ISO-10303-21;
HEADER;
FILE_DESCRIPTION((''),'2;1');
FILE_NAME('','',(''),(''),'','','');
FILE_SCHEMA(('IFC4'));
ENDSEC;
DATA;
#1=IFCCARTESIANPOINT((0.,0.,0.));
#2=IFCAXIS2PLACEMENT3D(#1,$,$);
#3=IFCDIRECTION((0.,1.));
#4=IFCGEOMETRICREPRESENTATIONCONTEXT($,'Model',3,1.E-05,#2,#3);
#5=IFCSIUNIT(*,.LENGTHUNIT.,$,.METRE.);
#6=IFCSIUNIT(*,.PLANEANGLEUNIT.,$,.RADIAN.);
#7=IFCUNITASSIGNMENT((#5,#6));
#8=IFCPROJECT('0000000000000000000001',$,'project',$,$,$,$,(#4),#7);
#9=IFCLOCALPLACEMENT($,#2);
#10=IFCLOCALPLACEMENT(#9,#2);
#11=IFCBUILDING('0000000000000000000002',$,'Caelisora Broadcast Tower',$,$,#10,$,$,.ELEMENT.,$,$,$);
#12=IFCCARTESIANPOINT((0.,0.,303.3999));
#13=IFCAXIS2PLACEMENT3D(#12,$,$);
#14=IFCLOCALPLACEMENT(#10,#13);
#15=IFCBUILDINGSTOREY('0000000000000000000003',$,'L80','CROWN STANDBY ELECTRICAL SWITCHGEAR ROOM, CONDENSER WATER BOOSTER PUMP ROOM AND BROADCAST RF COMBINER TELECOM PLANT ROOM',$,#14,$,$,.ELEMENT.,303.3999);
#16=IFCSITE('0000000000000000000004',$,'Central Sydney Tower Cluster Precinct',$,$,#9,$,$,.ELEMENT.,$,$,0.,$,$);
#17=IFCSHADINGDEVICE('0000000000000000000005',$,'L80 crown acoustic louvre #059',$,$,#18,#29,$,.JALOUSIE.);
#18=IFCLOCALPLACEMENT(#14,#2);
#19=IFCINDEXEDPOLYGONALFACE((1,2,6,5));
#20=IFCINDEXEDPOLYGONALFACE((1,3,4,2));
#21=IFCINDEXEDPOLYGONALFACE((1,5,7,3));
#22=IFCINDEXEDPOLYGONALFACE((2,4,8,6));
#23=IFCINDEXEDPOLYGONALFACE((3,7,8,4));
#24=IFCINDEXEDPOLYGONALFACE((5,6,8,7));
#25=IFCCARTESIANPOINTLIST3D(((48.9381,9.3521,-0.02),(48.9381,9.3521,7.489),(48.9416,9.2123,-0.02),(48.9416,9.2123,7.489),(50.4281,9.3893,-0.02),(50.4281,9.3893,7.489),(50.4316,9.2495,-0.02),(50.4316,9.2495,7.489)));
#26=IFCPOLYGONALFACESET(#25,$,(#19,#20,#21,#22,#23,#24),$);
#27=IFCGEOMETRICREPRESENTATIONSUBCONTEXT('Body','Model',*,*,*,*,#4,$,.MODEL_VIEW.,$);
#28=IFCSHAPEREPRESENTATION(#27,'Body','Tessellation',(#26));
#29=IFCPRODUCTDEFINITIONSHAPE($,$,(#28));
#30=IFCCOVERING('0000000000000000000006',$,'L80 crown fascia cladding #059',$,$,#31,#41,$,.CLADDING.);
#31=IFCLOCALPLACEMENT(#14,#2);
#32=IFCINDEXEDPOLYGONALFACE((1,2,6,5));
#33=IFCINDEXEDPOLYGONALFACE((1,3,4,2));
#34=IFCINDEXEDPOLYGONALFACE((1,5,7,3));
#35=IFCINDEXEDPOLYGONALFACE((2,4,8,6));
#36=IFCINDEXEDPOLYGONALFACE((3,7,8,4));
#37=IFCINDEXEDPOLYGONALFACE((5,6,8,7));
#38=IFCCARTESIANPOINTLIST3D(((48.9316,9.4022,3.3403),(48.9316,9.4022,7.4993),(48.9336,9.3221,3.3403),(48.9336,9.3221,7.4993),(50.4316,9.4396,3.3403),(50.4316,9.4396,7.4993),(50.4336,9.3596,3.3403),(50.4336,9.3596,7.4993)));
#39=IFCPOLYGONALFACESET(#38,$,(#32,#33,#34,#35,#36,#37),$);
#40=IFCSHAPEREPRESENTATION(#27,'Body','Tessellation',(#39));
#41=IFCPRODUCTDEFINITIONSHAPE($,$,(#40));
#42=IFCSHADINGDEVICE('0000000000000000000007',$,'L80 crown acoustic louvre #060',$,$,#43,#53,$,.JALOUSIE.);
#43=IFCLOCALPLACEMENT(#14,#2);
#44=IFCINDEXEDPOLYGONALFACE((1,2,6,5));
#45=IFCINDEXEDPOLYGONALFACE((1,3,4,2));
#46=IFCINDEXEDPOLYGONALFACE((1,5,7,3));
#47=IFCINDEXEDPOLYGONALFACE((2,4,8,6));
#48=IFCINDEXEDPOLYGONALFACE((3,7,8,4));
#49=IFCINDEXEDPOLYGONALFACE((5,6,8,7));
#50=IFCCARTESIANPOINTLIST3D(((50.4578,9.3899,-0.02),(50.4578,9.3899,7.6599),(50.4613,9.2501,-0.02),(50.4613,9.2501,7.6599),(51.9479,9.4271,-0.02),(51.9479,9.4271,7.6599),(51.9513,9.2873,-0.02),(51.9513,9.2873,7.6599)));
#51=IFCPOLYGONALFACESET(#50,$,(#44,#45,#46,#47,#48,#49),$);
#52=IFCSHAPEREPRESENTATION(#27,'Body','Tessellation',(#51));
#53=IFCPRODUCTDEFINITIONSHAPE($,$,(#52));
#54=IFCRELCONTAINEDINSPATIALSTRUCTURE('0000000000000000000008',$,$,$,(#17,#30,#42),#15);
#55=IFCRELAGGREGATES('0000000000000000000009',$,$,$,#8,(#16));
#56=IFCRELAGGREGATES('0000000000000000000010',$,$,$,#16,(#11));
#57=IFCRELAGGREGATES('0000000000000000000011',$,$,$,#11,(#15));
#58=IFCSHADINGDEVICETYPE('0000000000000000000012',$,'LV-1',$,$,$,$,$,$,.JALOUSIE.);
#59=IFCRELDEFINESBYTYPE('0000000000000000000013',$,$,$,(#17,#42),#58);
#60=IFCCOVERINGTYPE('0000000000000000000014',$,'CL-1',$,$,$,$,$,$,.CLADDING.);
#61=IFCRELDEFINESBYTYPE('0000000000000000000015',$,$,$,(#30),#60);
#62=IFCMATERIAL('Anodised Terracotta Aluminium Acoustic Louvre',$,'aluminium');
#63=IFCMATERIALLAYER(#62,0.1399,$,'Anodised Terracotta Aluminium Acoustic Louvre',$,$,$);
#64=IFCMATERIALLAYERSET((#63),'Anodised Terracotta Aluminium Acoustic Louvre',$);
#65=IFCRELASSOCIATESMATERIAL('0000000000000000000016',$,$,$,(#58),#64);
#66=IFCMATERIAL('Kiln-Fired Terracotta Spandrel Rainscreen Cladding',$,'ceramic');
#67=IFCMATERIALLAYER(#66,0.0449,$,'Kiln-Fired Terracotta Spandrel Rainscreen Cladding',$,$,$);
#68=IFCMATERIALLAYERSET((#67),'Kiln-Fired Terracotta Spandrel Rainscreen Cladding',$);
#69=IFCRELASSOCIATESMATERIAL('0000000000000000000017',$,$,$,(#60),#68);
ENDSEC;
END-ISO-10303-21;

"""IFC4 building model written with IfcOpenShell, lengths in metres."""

from ifc_helpers import new_model, si_unit, direction, frame, origin, origin_2d, place, context, subcontext, project, spatial, rectangle, extrude, source, transform, mapped, material, layer, layer_set, type_object, element, save


model = new_model("IFC4")

# Units and contexts
model_context = context("Model", 3, precision=1e-05, world=origin(), true_north=direction((0.0, 1.0)))
body_context = subcontext(model_context, "Body", "Model", "MODEL_VIEW")
ifc_project = project(units=[si_unit("LENGTHUNIT", "METRE"), si_unit("PLANEANGLEUNIT", "RADIAN")], contexts=[model_context])

# Site, building, storey
site_placement = place(None, origin())
site = spatial("IfcSite", under=ifc_project, at=site_placement, Name="Central Sydney Tower Cluster Precinct", CompositionType="ELEMENT", RefElevation=0.0)
building_placement = place(site_placement, origin())
building = spatial("IfcBuilding", under=site, at=building_placement, Name="Caelisora Broadcast Tower", CompositionType="ELEMENT")
storey_placement = place(building_placement, frame((0.0, 0.0, 303.3999)))
storey = spatial("IfcBuildingStorey", under=building, at=storey_placement, Name="L80", Description="CROWN STANDBY ELECTRICAL SWITCHGEAR ROOM, CONDENSER WATER BOOSTER PUMP ROOM AND BROADCAST RF COMBINER TELECOM PLANT ROOM", CompositionType="ELEMENT", Elevation=303.3999)

# Shared definitions
ifc_material_1 = material(Name="Anodised Terracotta Aluminium Acoustic Louvre", Category="aluminium")
ifc_layer_1 = layer(ifc_material_1, 0.1399, Name="Anodised Terracotta Aluminium Acoustic Louvre")
ifc_layer_set_1 = layer_set([ifc_layer_1], Name="Anodised Terracotta Aluminium Acoustic Louvre")
shading_device_type = type_object("IfcShadingDeviceType", Name="LV-1", PredefinedType="JALOUSIE", material=ifc_layer_set_1)

# Shared definitions
ifc_material_2 = material(Name="Kiln-Fired Terracotta Spandrel Rainscreen Cladding", Category="ceramic")
ifc_layer_2 = layer(ifc_material_2, 0.0449, Name="Kiln-Fired Terracotta Spandrel Rainscreen Cladding")
ifc_layer_set_2 = layer_set([ifc_layer_2], Name="Kiln-Fired Terracotta Spandrel Rainscreen Cladding")
covering_type = type_object("IfcCoveringType", Name="CL-1", PredefinedType="CLADDING", material=ifc_layer_set_2)

# Shading device
shared_shape_1 = source(origin(), body_context, "Body", "SweptSolid", [
    extrude(rectangle(XDim=1.4905, YDim=0.1399, at=origin_2d()), origin(), (0.0, 0.0, 1.0), 7.509),
])
shading_device_1_placement = place(storey_placement, frame((49.6848, 9.3008, -0.02), z_axis=(0.0, 0.0, 1.0), x_axis=(0.999689, 0.024956, 0.0)))
element("IfcShadingDevice", 1, at=shading_device_1_placement, inside=storey, type_object=shading_device_type, Name="L80 crown acoustic louvre #059", PredefinedType="JALOUSIE", context=body_context, shape_type="MappedRepresentation", body=[
    mapped(shared_shape_1, transform((0.0, 0.0, 0.0), scale=1.0)),
])

# Covering
shared_shape_2 = source(origin(), body_context, "Body", "SweptSolid", [
    extrude(rectangle(XDim=1.5005, YDim=0.0801, at=origin_2d()), origin(), (0.0, 0.0, 1.0), 4.1589),
])
covering_1_placement = place(storey_placement, frame((49.6826, 9.3809, 3.3403), z_axis=(0.0, 0.0, 1.0), x_axis=(0.999689, 0.024956, 0.0)))
element("IfcCovering", 2, at=covering_1_placement, inside=storey, type_object=covering_type, Name="L80 crown fascia cladding #059", PredefinedType="CLADDING", context=body_context, shape_type="MappedRepresentation", body=[
    mapped(shared_shape_2, transform((0.0, 0.0, 0.0), scale=1.0)),
])

# Shading device
shared_shape_3 = source(origin(), body_context, "Body", "SweptSolid", [
    extrude(rectangle(XDim=1.4905, YDim=0.1399, at=origin_2d()), origin(), (0.0, 0.0, 1.0), 7.6799),
])
shading_device_2_placement = place(storey_placement, frame((51.2046, 9.3386, -0.02), z_axis=(0.0, 0.0, 1.0), x_axis=(0.999689, 0.024956, 0.0)))
element("IfcShadingDevice", 3, at=shading_device_2_placement, inside=storey, type_object=shading_device_type, Name="L80 crown acoustic louvre #060", PredefinedType="JALOUSIE", context=body_context, shape_type="MappedRepresentation", body=[
    mapped(shared_shape_3, transform((0.0, 0.0, 0.0), scale=1.0)),
])

save(model, "model.ifc")
